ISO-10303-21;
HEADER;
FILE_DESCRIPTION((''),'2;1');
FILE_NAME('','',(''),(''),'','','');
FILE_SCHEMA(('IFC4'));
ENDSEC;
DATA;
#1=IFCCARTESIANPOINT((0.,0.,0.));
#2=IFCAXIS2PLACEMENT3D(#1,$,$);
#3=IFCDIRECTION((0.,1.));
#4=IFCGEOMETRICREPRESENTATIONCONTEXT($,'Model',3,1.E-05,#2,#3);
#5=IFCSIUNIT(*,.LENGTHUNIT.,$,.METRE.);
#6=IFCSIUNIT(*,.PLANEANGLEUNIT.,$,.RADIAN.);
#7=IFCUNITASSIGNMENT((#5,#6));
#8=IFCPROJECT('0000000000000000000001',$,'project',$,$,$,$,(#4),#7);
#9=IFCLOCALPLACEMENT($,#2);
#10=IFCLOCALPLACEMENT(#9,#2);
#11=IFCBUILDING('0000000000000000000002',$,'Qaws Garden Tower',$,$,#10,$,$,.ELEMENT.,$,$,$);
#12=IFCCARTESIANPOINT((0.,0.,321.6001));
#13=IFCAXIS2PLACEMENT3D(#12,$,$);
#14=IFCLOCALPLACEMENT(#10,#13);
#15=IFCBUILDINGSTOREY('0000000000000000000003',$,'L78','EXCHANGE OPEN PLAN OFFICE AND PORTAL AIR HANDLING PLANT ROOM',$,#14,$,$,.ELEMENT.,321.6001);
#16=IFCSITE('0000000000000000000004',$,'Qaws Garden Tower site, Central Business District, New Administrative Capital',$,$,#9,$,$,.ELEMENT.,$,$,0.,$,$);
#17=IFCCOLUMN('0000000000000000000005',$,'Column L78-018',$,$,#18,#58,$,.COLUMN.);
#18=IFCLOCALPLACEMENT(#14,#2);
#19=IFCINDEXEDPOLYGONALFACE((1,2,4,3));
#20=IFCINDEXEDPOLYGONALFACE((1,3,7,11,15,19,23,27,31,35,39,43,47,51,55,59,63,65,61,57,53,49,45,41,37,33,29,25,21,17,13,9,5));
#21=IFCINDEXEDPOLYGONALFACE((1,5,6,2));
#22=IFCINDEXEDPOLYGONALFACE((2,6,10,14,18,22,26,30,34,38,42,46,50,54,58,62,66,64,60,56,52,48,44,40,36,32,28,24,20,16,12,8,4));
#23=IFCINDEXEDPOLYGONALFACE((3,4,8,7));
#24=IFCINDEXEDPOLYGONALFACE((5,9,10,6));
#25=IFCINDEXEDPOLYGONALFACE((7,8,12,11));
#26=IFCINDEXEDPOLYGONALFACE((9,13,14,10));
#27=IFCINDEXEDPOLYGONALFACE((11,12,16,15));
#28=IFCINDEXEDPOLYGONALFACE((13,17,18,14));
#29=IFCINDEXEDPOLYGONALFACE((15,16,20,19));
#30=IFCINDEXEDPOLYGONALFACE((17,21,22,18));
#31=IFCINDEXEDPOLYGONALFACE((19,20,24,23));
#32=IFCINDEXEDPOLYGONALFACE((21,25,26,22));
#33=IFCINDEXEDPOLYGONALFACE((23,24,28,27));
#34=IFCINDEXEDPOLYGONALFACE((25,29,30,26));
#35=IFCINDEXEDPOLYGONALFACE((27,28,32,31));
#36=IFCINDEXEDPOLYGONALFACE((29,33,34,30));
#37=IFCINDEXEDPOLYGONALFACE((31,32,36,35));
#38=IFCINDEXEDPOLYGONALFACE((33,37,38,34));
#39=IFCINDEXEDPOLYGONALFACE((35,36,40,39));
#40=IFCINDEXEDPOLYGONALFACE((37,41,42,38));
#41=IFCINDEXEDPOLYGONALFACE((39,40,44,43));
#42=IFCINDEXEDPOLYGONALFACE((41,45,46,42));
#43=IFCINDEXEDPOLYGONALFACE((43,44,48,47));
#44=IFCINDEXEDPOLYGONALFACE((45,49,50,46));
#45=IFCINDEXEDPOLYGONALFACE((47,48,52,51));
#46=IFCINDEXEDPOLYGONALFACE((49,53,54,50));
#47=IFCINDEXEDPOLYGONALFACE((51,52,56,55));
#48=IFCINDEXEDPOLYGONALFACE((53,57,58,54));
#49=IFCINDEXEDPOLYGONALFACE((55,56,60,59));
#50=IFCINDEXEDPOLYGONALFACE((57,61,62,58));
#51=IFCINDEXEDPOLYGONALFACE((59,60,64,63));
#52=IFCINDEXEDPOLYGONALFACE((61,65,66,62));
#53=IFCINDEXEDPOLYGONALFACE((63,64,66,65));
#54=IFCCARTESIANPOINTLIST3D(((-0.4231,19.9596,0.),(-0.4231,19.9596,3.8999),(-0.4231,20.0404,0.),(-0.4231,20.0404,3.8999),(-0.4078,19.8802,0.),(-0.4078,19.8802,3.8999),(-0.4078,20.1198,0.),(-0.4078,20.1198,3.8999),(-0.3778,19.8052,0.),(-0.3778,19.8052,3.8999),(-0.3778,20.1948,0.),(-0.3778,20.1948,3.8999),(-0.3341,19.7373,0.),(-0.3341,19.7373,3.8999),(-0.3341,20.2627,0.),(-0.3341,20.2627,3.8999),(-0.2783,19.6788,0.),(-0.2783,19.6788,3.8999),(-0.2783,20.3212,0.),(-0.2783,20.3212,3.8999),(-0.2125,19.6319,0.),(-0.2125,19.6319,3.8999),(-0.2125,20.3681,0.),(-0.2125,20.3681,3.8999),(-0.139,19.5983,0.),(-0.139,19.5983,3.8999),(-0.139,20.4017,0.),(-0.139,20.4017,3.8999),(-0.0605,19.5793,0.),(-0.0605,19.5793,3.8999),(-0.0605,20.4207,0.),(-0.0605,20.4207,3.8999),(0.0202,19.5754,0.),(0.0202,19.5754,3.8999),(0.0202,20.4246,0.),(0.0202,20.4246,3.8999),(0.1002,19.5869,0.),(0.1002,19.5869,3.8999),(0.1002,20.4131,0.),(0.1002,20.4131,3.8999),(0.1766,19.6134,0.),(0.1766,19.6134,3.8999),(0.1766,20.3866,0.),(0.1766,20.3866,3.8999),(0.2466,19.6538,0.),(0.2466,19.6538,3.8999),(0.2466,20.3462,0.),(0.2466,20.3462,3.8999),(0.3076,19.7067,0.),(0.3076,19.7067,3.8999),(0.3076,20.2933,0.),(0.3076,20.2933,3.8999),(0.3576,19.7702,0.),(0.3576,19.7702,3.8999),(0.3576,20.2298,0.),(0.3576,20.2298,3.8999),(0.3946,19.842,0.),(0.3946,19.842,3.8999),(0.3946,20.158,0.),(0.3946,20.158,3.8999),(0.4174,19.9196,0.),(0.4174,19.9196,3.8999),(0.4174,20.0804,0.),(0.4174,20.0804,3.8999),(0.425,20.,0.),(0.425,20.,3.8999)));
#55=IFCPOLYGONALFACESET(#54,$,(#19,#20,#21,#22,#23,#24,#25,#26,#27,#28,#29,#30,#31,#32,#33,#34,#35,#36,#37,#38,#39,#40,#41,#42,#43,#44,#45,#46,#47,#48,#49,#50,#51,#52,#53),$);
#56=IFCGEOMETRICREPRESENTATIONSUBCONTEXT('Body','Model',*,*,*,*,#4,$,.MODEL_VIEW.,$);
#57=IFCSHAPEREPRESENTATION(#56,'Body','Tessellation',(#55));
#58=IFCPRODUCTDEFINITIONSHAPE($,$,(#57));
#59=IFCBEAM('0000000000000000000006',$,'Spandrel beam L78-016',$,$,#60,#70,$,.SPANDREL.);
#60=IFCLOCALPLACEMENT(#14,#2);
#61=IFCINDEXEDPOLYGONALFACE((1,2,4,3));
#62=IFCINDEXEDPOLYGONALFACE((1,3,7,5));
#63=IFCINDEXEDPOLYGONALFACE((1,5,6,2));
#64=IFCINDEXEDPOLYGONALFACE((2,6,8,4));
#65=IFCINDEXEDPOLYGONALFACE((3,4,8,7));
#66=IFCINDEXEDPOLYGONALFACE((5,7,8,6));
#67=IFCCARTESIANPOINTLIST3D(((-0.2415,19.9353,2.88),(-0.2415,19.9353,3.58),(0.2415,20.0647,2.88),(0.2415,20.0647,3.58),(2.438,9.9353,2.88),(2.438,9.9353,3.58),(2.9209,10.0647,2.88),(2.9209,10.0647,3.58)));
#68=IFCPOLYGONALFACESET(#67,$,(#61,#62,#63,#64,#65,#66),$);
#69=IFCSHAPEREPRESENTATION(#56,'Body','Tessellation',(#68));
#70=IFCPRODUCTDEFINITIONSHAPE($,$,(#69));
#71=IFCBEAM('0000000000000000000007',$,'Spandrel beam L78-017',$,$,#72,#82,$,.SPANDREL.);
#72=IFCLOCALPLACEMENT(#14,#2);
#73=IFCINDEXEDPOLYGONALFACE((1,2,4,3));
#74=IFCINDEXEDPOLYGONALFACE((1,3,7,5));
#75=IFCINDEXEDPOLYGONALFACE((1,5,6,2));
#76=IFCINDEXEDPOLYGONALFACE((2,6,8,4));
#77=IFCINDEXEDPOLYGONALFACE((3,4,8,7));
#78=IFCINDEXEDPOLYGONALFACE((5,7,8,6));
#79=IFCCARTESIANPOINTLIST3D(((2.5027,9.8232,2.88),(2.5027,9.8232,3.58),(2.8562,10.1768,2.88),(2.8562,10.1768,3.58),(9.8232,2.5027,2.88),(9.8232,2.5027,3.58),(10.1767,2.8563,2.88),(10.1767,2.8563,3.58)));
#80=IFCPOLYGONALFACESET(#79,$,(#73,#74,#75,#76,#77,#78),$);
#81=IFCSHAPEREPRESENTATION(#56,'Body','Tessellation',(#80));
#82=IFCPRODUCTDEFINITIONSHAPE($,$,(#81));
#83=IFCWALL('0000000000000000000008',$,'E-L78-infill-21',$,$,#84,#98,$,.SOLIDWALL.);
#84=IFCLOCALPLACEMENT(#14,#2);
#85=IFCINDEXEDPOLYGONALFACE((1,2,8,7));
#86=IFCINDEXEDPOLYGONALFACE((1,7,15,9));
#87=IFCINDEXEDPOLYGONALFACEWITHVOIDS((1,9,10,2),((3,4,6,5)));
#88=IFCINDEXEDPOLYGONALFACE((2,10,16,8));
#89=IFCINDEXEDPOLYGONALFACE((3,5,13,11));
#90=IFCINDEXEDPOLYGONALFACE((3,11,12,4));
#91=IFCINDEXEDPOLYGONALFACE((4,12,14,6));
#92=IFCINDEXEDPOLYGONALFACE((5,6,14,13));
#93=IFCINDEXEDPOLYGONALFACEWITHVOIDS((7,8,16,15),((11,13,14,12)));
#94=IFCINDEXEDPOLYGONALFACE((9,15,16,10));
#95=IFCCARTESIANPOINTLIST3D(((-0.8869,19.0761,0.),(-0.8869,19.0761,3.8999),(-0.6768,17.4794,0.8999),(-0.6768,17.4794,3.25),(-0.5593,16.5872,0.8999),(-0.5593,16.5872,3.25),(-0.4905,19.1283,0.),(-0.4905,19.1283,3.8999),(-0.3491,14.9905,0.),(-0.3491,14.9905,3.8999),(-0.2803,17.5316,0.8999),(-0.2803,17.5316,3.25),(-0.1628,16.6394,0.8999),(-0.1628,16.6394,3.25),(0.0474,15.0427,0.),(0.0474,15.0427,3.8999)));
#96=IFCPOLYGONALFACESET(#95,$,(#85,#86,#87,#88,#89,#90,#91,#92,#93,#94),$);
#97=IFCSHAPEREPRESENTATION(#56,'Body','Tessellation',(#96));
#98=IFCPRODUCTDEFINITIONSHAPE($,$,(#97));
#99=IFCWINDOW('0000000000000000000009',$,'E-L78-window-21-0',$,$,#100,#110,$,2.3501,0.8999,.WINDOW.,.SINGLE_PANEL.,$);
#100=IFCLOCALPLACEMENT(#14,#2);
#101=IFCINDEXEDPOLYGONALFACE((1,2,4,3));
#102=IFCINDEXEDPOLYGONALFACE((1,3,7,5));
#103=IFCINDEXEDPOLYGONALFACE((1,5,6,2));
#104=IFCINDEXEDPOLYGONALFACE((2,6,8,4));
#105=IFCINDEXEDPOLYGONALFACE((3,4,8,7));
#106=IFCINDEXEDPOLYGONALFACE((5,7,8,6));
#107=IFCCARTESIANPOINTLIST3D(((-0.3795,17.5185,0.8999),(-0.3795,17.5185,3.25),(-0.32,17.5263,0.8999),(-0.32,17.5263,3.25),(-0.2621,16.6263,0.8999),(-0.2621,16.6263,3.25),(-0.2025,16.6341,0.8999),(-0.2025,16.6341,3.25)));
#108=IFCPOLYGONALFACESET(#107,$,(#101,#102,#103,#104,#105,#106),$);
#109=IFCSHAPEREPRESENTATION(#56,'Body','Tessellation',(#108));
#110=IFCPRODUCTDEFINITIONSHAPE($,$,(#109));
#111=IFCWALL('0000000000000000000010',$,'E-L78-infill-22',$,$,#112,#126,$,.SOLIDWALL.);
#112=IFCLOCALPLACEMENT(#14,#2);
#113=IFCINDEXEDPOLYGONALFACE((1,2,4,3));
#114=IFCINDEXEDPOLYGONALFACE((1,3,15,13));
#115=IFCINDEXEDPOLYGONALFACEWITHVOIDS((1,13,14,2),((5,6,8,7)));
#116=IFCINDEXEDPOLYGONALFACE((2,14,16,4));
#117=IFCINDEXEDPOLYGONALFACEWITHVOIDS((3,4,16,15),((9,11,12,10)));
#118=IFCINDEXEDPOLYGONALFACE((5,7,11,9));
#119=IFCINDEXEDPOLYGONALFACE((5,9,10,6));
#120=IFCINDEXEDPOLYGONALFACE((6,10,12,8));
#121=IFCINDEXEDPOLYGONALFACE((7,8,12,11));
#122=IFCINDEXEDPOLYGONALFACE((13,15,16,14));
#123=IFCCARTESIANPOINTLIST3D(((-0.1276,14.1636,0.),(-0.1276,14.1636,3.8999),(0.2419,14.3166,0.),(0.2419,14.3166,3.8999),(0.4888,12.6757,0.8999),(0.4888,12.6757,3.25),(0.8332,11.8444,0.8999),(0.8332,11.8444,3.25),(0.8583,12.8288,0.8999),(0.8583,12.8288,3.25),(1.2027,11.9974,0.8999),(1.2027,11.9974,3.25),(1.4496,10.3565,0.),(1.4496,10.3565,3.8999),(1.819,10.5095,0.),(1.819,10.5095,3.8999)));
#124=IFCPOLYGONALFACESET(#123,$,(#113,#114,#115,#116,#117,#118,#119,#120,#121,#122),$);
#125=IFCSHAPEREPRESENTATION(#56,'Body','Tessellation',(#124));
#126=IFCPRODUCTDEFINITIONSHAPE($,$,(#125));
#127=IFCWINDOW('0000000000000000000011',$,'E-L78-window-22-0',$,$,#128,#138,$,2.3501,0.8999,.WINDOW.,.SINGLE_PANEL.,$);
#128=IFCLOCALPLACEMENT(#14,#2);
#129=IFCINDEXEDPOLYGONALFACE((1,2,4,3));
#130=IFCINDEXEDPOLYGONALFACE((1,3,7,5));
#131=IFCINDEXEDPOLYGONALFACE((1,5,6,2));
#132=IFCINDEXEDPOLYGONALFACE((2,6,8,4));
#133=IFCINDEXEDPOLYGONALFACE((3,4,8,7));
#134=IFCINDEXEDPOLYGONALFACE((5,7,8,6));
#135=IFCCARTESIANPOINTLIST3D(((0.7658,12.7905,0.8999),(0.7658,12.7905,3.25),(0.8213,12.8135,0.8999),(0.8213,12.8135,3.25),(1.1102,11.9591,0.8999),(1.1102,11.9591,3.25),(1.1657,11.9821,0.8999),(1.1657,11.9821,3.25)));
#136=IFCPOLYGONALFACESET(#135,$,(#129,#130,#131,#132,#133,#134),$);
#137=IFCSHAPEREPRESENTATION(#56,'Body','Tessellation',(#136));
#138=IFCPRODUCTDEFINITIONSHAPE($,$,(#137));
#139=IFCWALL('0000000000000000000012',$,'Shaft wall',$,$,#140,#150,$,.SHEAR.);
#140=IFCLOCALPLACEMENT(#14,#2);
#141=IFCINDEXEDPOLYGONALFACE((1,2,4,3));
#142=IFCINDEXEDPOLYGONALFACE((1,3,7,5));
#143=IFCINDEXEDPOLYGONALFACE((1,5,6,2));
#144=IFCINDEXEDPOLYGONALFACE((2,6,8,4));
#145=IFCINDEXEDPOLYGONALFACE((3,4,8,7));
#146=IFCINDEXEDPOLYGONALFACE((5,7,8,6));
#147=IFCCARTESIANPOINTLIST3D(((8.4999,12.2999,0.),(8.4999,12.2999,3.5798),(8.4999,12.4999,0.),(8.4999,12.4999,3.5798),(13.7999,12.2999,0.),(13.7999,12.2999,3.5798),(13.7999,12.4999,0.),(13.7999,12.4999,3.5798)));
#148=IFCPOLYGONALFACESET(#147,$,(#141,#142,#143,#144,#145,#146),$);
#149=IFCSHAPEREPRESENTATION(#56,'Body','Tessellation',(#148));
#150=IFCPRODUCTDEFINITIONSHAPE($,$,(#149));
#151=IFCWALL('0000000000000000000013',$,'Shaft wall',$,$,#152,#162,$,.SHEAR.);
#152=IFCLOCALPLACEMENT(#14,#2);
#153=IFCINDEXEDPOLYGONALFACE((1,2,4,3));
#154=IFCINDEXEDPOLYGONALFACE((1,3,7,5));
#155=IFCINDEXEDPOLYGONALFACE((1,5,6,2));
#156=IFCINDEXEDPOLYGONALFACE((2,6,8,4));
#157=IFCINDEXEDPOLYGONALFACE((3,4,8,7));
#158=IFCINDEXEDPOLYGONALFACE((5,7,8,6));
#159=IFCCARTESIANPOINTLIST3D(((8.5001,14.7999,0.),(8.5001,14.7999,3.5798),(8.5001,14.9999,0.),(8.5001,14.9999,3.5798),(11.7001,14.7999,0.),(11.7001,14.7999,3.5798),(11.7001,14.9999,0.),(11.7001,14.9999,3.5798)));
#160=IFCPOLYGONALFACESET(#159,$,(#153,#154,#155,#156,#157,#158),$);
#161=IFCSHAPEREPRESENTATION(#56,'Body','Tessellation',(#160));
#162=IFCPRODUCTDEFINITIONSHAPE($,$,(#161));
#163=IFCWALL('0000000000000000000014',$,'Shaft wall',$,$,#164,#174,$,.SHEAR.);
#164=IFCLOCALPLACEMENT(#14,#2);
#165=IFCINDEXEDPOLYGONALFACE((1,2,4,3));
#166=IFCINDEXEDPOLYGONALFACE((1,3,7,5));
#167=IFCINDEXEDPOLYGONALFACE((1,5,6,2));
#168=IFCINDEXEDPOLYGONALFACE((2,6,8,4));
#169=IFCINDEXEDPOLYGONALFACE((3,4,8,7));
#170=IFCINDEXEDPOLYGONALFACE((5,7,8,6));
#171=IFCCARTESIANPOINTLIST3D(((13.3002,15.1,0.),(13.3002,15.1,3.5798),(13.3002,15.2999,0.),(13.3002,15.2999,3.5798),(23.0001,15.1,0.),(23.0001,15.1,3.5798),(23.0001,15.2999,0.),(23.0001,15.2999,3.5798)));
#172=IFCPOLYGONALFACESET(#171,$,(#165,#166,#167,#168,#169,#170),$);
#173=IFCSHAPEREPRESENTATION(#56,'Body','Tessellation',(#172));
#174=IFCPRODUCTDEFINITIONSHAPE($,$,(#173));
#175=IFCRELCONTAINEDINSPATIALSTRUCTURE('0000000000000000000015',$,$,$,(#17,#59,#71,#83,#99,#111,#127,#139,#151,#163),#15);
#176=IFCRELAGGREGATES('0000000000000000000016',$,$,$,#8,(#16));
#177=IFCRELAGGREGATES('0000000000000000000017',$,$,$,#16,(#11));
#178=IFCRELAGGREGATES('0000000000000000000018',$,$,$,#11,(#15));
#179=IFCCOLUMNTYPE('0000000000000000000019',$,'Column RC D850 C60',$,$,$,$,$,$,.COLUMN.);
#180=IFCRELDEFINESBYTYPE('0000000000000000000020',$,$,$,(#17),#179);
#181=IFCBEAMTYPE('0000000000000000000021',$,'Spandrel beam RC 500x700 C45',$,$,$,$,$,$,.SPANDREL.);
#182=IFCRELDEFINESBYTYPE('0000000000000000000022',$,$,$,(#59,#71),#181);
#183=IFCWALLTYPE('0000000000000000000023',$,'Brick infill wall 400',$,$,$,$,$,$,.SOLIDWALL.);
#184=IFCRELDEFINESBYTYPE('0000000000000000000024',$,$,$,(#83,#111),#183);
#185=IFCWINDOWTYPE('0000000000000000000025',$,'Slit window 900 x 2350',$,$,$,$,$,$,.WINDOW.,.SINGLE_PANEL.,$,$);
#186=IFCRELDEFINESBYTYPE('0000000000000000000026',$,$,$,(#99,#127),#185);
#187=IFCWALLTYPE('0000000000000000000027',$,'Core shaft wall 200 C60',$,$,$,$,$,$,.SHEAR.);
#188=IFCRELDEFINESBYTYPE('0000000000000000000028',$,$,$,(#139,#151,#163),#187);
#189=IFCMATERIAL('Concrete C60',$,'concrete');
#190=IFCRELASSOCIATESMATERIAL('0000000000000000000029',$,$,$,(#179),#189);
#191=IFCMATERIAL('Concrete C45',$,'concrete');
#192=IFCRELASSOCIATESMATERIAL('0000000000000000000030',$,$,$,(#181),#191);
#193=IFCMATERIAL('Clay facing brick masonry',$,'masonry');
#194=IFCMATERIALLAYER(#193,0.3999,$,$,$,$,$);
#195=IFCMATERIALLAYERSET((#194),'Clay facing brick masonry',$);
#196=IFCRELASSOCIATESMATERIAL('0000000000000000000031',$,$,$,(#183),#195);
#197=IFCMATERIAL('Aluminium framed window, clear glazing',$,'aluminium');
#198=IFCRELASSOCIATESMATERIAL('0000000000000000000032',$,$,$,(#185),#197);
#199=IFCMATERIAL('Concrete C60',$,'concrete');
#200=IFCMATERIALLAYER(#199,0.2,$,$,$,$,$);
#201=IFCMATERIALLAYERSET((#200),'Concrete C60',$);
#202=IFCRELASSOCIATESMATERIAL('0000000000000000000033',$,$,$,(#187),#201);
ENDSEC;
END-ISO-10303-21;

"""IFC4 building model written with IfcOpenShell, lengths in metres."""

from ifc_helpers import new_model, si_unit, direction, frame, frame_2d, origin, origin_2d, place, context, subcontext, project, spatial, rectangle, circle, extrude, material, layer, layer_set, material_profile, profile_set, type_object, element, fill, save


model = new_model("IFC4")

# Units and contexts
model_context = context("Model", 3, precision=1e-05, world=origin(), true_north=direction((0.0, 1.0)))
body_context = subcontext(model_context, "Body", "Model", "MODEL_VIEW")
ifc_project = project(units=[si_unit("LENGTHUNIT", "METRE"), si_unit("PLANEANGLEUNIT", "RADIAN")], contexts=[model_context])

# Site, building, storey
site_placement = place(None, origin())
site = spatial("IfcSite", under=ifc_project, at=site_placement, Name="Qaws Garden Tower site, Central Business District, New Administrative Capital", CompositionType="ELEMENT", RefElevation=0.0)
building_placement = place(site_placement, origin())
building = spatial("IfcBuilding", under=site, at=building_placement, Name="Qaws Garden Tower", CompositionType="ELEMENT")
storey_placement = place(building_placement, frame((0.0, 0.0, 321.6001)))
storey = spatial("IfcBuildingStorey", under=building, at=storey_placement, Name="L78", Description="EXCHANGE OPEN PLAN OFFICE AND PORTAL AIR HANDLING PLANT ROOM", CompositionType="ELEMENT", Elevation=321.6001)

# Column
ifc_material_1 = material(Name="Concrete C60", Category="concrete")
ifc_material_profile_1 = material_profile(ifc_material_1, circle(Radius=0.425, at=origin_2d()), Name="RC D850")
ifc_profile_set_1 = profile_set([ifc_material_profile_1], Name="Concrete C60")
column_type = type_object("IfcColumnType", Name="Column RC D850 C60", PredefinedType="COLUMN", material=ifc_profile_set_1)
column_placement = place(storey_placement, frame((0.0, 20.0, 0.0), z_axis=(0.0, 0.0, 1.0), x_axis=(1.0, 0.0, 0.0)))
element("IfcColumn", 1, at=column_placement, inside=storey, type_object=column_type, Name="Column L78-018", PredefinedType="COLUMN", context=body_context, shape_type="SweptSolid", body=[
    extrude(circle(Radius=0.425, at=origin_2d()), origin(), (0.0, 0.0, 1.0), 3.8999),
])

# Beams
ifc_material_2 = material(Name="Concrete C45", Category="concrete")
ifc_material_profile_2 = material_profile(ifc_material_2, rectangle(XDim=0.5, YDim=0.7, at=origin_2d()), Name="RC 500x700")
ifc_profile_set_2 = profile_set([ifc_material_profile_2], Name="Concrete C45")
beam_type = type_object("IfcBeamType", Name="Spandrel beam RC 500x700 C45", PredefinedType="SPANDREL", material=ifc_profile_set_2)
for number, where, z_axis, x_axis, name in (
    (2, (0.0, 20.0, 3.23), (0.258815, -0.965927, 0.0), (0.965927, 0.258815, 0.0), "Spandrel beam L78-016"),
    (3, (2.6794, 10.0, 3.23), (0.707107, -0.707107, 0.0), (0.707107, 0.707107, 0.0), "Spandrel beam L78-017"),
):
    element("IfcBeam", number, at=place(storey_placement, frame(where, z_axis=z_axis, x_axis=x_axis)), inside=storey, type_object=beam_type, Name=name, PredefinedType="SPANDREL", context=body_context, shape_type="SweptSolid", body=[
        extrude(rectangle(XDim=0.5, YDim=0.7, at=origin_2d()), origin(), (0.0, 0.0, 1.0), 10.3528),
    ])

# Walls, openings, windows
ifc_material_3 = material(Name="Clay facing brick masonry", Category="masonry")
ifc_layer_1 = layer(ifc_material_3, 0.3999)
ifc_layer_set_1 = layer_set([ifc_layer_1], Name="Clay facing brick masonry")
wall_type_1 = type_object("IfcWallType", Name="Brick infill wall 400", PredefinedType="SOLIDWALL", material=ifc_layer_set_1)
wall_1_placement = place(storey_placement, frame((-0.6887, 19.1023, 0.0), z_axis=(0.0, 0.0, 1.0), x_axis=(0.130514, -0.991446, 0.0)))
wall_1 = element("IfcWall", 4, at=wall_1_placement, inside=storey, type_object=wall_type_1, Name="E-L78-infill-21", PredefinedType="SOLIDWALL", context=body_context, shape_type="SweptSolid", body=[
    extrude(rectangle(XDim=4.1208, YDim=0.3999, at=frame_2d((2.0605, 0.0))), origin(), (0.0, 0.0, 1.0), 3.8999),
])
opening_1_placement = place(wall_1_placement, frame((1.6106, 0.0, 0.8999)))
opening_1 = element("IfcOpeningElement", 5, at=opening_1_placement, cuts=wall_1, PredefinedType="OPENING", context=body_context, shape_type="SweptSolid", body=[
    extrude(rectangle(XDim=0.8999, YDim=2.3501, at=frame_2d((0.45, 1.175))), frame((0.0, 0.21, 0.0), z_axis=(0.0, -1.0, 0.0), x_axis=(1.0, 0.0, 0.0)), (0.0, 0.0, 1.0), 0.4199),
])
ifc_material_4 = material(Name="Aluminium framed window, clear glazing", Category="aluminium")
window_type = type_object("IfcWindowType", Name="Slit window 900 x 2350", PartitioningType="SINGLE_PANEL", PredefinedType="WINDOW", material=ifc_material_4)
window_1_placement = place(opening_1_placement, origin())
window_1 = element("IfcWindow", 6, at=window_1_placement, inside=storey, type_object=window_type, Name="E-L78-window-21-0", OverallHeight=2.3501, OverallWidth=0.8999, PartitioningType="SINGLE_PANEL", PredefinedType="WINDOW", context=body_context, shape_type="SweptSolid", body=[
    extrude(rectangle(XDim=0.8999, YDim=2.3501, at=frame_2d((0.45, 1.175))), frame((0.0, 0.1599, 0.0), z_axis=(0.0, -1.0, 0.0), x_axis=(1.0, 0.0, 0.0)), (0.0, 0.0, 1.0), 0.0601),
])
fill(opening_1, window_1)
wall_2_placement = place(storey_placement, frame((0.0571, 14.2402, 0.0), z_axis=(0.0, 0.0, 1.0), x_axis=(0.382722, -0.923864, 0.0)))
wall_2 = element("IfcWall", 7, at=wall_2_placement, inside=storey, type_object=wall_type_1, Name="E-L78-infill-22", PredefinedType="SOLIDWALL", context=body_context, shape_type="SweptSolid", body=[
    extrude(rectangle(XDim=4.1208, YDim=0.3999, at=frame_2d((2.0605, 0.0))), origin(), (0.0, 0.0, 1.0), 3.8999),
])
opening_2_placement = place(wall_2_placement, frame((1.6106, 0.0, 0.8999)))
opening_2 = element("IfcOpeningElement", 8, at=opening_2_placement, cuts=wall_2, PredefinedType="OPENING", context=body_context, shape_type="SweptSolid", body=[
    extrude(rectangle(XDim=0.8999, YDim=2.3501, at=frame_2d((0.45, 1.175))), frame((0.0, 0.21, 0.0), z_axis=(0.0, -1.0, 0.0), x_axis=(1.0, 0.0, 0.0)), (0.0, 0.0, 1.0), 0.4199),
])
window_2_placement = place(opening_2_placement, origin())
window_2 = element("IfcWindow", 9, at=window_2_placement, inside=storey, type_object=window_type, Name="E-L78-window-22-0", OverallHeight=2.3501, OverallWidth=0.8999, PartitioningType="SINGLE_PANEL", PredefinedType="WINDOW", context=body_context, shape_type="SweptSolid", body=[
    extrude(rectangle(XDim=0.8999, YDim=2.3501, at=frame_2d((0.45, 1.175))), frame((0.0, 0.1599, 0.0), z_axis=(0.0, -1.0, 0.0), x_axis=(1.0, 0.0, 0.0)), (0.0, 0.0, 1.0), 0.0601),
])
fill(opening_2, window_2)

# Walls
ifc_material_5 = material(Name="Concrete C60", Category="concrete")
ifc_layer_2 = layer(ifc_material_5, 0.2)
ifc_layer_set_2 = layer_set([ifc_layer_2], Name="Concrete C60")
wall_type_2 = type_object("IfcWallType", Name="Core shaft wall 200 C60", PredefinedType="SHEAR", material=ifc_layer_set_2)
wall_3_placement = place(storey_placement, frame((8.5, 12.3999, 0.0), z_axis=(0.0, 0.0, 1.0), x_axis=(1.0, 0.0, 0.0)))
element("IfcWall", 10, at=wall_3_placement, inside=storey, type_object=wall_type_2, Name="Shaft wall", PredefinedType="SHEAR", context=body_context, shape_type="SweptSolid", body=[
    extrude(rectangle(XDim=5.3, YDim=0.2, at=frame_2d((2.6499, 0.0))), origin(), (0.0, 0.0, 1.0), 3.5798),
])
wall_4_placement = place(storey_placement, frame((8.5, 14.8999, 0.0), z_axis=(0.0, 0.0, 1.0), x_axis=(1.0, 0.0, 0.0)))
element("IfcWall", 11, at=wall_4_placement, inside=storey, type_object=wall_type_2, Name="Shaft wall", PredefinedType="SHEAR", context=body_context, shape_type="SweptSolid", body=[
    extrude(rectangle(XDim=3.2, YDim=0.2, at=frame_2d((1.6001, 0.0))), origin(), (0.0, 0.0, 1.0), 3.5798),
])
wall_5_placement = place(storey_placement, frame((13.3, 15.2, 0.0), z_axis=(0.0, 0.0, 1.0), x_axis=(1.0, 0.0, 0.0)))
element("IfcWall", 12, at=wall_5_placement, inside=storey, type_object=wall_type_2, Name="Shaft wall", PredefinedType="SHEAR", context=body_context, shape_type="SweptSolid", body=[
    extrude(rectangle(XDim=9.7, YDim=0.2, at=frame_2d((4.8501, 0.0))), origin(), (0.0, 0.0, 1.0), 3.5798),
])

save(model, "model.ifc")
